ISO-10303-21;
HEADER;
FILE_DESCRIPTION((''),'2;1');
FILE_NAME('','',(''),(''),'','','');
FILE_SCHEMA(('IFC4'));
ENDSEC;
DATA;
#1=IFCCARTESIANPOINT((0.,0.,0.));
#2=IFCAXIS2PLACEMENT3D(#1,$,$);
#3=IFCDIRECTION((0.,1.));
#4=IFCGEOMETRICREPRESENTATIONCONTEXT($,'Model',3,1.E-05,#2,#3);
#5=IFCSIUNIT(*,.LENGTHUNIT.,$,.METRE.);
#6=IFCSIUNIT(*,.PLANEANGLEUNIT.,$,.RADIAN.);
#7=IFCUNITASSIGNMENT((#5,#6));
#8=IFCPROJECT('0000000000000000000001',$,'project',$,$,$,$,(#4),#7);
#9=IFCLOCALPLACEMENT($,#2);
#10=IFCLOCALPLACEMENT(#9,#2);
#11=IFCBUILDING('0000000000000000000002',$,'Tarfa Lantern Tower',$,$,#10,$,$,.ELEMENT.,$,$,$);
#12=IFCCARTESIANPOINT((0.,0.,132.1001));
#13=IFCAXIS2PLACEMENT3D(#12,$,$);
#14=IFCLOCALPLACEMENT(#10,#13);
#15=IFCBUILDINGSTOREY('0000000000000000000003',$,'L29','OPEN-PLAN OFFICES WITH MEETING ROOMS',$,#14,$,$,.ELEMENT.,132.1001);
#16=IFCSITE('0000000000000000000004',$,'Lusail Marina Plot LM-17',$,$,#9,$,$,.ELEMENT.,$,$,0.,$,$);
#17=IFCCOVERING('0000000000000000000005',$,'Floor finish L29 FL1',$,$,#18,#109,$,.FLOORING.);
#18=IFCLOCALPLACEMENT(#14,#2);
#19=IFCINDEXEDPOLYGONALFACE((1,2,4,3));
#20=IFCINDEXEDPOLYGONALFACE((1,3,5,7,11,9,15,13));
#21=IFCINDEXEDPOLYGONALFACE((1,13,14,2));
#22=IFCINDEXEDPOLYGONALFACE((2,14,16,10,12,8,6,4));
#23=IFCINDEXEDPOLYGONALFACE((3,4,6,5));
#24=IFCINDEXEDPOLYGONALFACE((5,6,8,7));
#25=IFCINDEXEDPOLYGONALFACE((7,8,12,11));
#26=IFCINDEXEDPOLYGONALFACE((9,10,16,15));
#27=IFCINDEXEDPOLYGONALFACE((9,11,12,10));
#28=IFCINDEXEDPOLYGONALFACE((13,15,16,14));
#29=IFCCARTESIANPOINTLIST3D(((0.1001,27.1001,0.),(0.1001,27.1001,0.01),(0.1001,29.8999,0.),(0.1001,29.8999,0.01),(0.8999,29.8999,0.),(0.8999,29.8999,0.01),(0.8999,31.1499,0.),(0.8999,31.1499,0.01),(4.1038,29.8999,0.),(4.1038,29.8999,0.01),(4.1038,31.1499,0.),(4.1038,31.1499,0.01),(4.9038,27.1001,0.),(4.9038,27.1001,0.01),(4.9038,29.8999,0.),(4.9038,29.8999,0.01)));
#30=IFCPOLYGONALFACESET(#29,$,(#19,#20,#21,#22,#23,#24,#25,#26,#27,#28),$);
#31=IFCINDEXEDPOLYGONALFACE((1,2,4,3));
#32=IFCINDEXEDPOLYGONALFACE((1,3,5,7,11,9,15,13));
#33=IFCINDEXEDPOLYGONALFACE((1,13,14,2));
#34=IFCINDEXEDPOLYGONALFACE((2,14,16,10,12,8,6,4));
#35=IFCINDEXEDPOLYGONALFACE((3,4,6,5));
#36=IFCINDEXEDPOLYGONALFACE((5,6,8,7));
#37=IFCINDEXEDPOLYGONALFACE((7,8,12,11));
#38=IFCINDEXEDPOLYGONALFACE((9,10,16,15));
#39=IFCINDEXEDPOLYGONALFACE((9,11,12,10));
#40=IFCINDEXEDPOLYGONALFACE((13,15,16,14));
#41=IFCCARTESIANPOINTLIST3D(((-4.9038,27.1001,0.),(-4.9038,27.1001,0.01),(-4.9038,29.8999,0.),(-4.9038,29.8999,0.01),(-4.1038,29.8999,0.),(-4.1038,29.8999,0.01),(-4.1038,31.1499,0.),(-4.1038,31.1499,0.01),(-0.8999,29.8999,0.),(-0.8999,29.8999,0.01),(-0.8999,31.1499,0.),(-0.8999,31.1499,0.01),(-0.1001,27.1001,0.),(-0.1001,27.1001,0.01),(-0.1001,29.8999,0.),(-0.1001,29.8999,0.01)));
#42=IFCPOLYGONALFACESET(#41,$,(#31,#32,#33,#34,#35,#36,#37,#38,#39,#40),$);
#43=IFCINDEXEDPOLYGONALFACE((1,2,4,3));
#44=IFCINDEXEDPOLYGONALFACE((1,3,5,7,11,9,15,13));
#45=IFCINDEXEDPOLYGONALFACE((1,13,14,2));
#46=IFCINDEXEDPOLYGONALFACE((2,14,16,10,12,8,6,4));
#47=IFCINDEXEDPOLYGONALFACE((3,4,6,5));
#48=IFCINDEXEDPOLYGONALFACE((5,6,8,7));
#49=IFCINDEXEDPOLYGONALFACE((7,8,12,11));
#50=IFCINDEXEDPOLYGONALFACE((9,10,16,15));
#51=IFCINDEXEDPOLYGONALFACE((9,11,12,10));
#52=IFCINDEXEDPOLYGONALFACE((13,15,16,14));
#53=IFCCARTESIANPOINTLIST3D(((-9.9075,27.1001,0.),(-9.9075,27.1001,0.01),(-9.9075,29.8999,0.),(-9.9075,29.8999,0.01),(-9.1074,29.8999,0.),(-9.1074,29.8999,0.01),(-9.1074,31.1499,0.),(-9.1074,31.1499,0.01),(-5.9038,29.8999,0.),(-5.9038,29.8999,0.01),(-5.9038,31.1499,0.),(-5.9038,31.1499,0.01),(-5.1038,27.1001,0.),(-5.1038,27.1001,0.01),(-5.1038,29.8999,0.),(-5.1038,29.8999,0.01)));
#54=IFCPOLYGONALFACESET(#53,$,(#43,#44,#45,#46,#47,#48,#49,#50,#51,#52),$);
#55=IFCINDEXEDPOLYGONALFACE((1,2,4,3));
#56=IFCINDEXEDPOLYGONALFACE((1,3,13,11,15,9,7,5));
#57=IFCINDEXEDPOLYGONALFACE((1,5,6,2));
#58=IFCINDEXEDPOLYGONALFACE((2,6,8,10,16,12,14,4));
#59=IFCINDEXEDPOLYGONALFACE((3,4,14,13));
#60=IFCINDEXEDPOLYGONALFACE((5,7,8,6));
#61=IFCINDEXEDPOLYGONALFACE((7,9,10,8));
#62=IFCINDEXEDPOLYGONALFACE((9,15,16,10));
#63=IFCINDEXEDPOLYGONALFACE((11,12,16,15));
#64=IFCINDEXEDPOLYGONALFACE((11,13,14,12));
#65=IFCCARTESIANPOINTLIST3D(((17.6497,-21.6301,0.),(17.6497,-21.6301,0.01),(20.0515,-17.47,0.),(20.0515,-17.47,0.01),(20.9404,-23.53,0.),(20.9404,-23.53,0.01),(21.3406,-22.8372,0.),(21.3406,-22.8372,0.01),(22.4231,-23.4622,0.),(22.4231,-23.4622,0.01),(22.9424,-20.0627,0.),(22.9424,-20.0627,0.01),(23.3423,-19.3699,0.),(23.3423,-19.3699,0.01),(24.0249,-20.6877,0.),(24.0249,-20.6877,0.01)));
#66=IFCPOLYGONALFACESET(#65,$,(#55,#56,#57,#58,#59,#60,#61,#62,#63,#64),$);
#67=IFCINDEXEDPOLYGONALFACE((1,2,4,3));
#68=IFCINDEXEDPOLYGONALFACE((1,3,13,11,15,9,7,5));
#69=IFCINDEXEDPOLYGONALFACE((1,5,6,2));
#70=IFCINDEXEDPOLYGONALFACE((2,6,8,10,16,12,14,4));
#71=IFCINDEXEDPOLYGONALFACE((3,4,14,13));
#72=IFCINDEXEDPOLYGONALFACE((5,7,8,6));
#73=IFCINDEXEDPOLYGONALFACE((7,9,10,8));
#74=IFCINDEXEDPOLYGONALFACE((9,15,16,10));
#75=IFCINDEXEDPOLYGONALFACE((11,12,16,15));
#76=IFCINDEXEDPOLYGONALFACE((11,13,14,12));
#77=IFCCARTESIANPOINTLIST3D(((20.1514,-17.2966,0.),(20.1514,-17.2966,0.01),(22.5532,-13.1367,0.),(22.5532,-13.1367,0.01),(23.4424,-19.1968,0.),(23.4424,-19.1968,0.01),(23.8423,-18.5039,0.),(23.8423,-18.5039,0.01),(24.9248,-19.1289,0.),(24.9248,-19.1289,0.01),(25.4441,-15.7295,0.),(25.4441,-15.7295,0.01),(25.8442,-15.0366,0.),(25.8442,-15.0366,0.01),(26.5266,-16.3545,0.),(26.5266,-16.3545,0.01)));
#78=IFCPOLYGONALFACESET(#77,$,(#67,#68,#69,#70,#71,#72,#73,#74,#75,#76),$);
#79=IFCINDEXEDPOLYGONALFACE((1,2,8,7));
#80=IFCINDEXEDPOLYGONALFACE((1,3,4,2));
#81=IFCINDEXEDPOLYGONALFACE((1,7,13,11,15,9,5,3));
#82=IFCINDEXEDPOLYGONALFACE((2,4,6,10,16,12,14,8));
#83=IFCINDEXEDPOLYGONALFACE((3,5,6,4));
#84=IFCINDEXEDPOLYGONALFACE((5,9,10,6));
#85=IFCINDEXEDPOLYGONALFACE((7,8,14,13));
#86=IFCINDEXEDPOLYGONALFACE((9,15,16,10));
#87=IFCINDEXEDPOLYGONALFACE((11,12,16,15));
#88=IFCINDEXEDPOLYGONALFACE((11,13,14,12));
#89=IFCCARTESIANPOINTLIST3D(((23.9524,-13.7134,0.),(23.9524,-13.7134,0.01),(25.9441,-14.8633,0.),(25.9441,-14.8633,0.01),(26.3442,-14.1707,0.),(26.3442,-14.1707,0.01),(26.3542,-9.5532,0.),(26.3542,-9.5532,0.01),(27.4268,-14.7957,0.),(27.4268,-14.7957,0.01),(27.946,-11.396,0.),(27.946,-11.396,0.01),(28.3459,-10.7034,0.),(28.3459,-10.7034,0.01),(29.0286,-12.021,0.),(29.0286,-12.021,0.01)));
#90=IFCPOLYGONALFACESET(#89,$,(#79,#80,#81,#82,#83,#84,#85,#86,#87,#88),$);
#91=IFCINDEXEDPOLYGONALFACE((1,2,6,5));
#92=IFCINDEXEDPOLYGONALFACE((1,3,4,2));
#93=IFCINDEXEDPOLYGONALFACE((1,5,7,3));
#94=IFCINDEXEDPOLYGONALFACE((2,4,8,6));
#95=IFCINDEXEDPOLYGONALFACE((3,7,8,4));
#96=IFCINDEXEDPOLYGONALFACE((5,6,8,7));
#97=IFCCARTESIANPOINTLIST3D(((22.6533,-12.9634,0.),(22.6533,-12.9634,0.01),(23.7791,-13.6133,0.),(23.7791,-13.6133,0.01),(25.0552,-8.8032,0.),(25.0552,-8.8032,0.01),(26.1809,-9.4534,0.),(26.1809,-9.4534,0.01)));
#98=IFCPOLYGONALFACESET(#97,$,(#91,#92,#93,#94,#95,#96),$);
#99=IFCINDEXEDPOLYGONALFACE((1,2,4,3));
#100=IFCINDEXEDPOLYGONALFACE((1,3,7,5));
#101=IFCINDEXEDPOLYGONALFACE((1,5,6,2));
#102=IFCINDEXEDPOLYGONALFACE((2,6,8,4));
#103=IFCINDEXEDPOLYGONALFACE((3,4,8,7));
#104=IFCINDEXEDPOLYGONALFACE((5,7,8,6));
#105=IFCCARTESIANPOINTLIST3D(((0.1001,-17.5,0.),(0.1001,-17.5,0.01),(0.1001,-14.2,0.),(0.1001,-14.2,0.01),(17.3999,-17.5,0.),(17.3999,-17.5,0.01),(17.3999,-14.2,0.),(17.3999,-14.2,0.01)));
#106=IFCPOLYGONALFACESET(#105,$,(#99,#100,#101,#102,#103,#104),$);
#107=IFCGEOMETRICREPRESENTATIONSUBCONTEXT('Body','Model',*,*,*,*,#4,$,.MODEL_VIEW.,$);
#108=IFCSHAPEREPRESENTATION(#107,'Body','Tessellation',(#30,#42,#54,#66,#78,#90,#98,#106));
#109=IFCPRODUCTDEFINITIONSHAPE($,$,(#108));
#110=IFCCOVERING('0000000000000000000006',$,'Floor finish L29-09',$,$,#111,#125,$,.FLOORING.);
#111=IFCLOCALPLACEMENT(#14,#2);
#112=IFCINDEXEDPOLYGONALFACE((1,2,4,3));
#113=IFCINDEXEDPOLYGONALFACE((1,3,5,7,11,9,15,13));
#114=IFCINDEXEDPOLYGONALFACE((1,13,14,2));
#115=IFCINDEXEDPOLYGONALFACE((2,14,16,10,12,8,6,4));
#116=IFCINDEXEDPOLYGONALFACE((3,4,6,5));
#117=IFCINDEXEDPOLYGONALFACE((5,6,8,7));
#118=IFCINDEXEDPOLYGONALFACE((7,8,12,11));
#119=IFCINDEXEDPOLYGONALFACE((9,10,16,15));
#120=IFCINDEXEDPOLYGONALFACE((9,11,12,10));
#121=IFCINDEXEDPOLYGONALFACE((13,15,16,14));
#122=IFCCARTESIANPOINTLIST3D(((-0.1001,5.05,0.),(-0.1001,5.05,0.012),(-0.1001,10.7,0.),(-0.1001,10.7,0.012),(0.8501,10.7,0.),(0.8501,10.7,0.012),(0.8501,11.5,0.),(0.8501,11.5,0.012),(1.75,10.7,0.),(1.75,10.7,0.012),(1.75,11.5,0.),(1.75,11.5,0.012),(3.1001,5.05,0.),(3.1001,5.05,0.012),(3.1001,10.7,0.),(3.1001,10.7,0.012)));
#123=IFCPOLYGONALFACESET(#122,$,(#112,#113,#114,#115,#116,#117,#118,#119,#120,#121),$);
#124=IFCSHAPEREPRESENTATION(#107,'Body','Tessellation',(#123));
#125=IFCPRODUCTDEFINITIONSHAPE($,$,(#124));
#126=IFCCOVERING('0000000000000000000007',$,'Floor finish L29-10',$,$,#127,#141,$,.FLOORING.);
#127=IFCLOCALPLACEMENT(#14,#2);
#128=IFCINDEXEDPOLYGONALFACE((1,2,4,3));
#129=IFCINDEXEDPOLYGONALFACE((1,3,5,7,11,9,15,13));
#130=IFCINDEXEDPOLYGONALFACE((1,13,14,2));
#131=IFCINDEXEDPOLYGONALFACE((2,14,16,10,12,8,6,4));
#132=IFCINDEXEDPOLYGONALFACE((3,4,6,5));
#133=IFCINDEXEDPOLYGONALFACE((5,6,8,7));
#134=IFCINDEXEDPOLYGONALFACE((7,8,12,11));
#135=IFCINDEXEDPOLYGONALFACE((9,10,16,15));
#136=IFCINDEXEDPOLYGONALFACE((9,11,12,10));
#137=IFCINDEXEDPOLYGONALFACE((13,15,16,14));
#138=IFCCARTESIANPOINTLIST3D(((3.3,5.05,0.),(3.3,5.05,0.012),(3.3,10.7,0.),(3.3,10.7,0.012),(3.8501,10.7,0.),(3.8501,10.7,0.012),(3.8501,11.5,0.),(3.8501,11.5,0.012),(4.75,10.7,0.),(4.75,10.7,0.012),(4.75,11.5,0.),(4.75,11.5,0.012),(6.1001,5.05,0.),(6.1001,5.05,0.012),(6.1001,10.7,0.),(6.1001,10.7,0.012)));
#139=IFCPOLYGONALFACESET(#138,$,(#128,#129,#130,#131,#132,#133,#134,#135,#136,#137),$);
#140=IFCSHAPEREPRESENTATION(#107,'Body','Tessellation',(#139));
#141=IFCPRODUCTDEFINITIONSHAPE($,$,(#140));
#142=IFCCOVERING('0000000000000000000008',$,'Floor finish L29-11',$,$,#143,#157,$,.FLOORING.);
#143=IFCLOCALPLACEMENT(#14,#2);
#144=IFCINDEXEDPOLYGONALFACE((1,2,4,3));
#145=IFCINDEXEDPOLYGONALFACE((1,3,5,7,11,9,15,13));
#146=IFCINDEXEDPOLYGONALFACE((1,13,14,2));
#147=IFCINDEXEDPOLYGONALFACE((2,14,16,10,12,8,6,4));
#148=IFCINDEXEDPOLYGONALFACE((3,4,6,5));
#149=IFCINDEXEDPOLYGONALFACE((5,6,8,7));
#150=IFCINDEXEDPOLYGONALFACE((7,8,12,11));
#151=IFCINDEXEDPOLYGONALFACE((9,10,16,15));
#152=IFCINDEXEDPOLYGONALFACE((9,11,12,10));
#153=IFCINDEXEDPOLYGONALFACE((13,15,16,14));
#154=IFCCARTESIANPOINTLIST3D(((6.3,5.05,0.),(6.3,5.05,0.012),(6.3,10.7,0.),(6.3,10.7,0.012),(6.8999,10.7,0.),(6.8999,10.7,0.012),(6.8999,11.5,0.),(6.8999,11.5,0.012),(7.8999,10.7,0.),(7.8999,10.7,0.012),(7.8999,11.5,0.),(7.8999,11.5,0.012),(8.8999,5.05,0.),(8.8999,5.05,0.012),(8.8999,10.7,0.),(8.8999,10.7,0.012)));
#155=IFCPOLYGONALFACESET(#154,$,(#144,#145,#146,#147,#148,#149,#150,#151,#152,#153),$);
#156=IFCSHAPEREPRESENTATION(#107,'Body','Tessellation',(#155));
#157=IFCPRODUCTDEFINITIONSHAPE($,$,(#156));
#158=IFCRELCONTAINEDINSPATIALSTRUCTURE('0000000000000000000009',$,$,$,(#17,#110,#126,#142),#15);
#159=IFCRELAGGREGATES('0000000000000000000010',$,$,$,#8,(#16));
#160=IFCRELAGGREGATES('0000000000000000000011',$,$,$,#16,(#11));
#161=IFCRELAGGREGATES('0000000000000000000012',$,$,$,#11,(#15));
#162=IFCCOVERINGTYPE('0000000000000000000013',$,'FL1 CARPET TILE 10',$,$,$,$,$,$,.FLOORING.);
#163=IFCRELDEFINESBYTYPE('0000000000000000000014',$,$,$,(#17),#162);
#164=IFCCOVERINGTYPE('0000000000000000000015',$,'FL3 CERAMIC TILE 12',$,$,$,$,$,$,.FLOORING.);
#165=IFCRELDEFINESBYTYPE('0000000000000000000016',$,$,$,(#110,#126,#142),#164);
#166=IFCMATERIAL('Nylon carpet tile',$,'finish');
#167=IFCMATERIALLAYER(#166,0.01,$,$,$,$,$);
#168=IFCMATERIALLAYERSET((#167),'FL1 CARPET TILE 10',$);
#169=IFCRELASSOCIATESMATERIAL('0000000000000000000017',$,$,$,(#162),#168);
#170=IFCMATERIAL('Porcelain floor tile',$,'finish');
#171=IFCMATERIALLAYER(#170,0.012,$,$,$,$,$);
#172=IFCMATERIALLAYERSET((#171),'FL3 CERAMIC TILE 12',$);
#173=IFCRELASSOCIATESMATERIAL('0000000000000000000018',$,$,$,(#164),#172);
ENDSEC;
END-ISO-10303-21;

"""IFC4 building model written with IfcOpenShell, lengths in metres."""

from ifc_helpers import new_model, si_unit, direction, frame, origin, place, context, subcontext, project, spatial, polyline, outline, extrude, material, layer, layer_set, type_object, element, save


model = new_model("IFC4")

# Units and contexts
model_context = context("Model", 3, precision=1e-05, world=origin(), true_north=direction((0.0, 1.0)))
body_context = subcontext(model_context, "Body", "Model", "MODEL_VIEW")
ifc_project = project(units=[si_unit("LENGTHUNIT", "METRE"), si_unit("PLANEANGLEUNIT", "RADIAN")], contexts=[model_context])

# Site, building, storey
site_placement = place(None, origin())
site = spatial("IfcSite", under=ifc_project, at=site_placement, Name="Lusail Marina Plot LM-17", CompositionType="ELEMENT", RefElevation=0.0)
building_placement = place(site_placement, origin())
building = spatial("IfcBuilding", under=site, at=building_placement, Name="Tarfa Lantern Tower", CompositionType="ELEMENT")
storey_placement = place(building_placement, frame((0.0, 0.0, 132.1001)))
storey = spatial("IfcBuildingStorey", under=building, at=storey_placement, Name="L29", Description="OPEN-PLAN OFFICES WITH MEETING ROOMS", CompositionType="ELEMENT", Elevation=132.1001)

# Coverings
ifc_material_1 = material(Name="Nylon carpet tile", Category="finish")
ifc_layer_1 = layer(ifc_material_1, 0.01)
ifc_layer_set_1 = layer_set([ifc_layer_1], Name="FL1 CARPET TILE 10")
covering_type_1 = type_object("IfcCoveringType", Name="FL1 CARPET TILE 10", PredefinedType="FLOORING", material=ifc_layer_set_1)
covering_1_placement = place(storey_placement, origin())
element("IfcCovering", 1, at=covering_1_placement, inside=storey, type_object=covering_type_1, Name="Floor finish L29 FL1", PredefinedType="FLOORING", context=body_context, shape_type="SweptSolid", body=[
    extrude(outline(polyline([(4.9038, 27.1001), (0.1001, 27.1001), (0.1001, 29.8999), (0.8999, 29.8999), (0.8999, 31.1499), (4.1038, 31.1499), (4.1038, 29.8999), (4.9038, 29.8999), (4.9038, 27.1001)])), origin(), (0.0, 0.0, 1.0), 0.01),
    extrude(outline(polyline([(-0.1001, 27.1001), (-4.9038, 27.1001), (-4.9038, 29.8999), (-4.1038, 29.8999), (-4.1038, 31.1499), (-0.8999, 31.1499), (-0.8999, 29.8999), (-0.1001, 29.8999), (-0.1001, 27.1001)])), origin(), (0.0, 0.0, 1.0), 0.01),
    extrude(outline(polyline([(-5.1038, 27.1001), (-9.9075, 27.1001), (-9.9075, 29.8999), (-9.1074, 29.8999), (-9.1074, 31.1499), (-5.9038, 31.1499), (-5.9038, 29.8999), (-5.1038, 29.8999), (-5.1038, 27.1001)])), origin(), (0.0, 0.0, 1.0), 0.01),
    extrude(outline(polyline([(20.0515, -17.47), (23.3423, -19.3699), (22.9424, -20.0627), (24.0249, -20.6877), (22.4231, -23.4622), (21.3406, -22.8372), (20.9404, -23.53), (17.6497, -21.6301), (20.0515, -17.47)])), origin(), (0.0, 0.0, 1.0), 0.01),
    extrude(outline(polyline([(22.5532, -13.1367), (25.8442, -15.0366), (25.4441, -15.7295), (26.5266, -16.3545), (24.9248, -19.1289), (23.8423, -18.5039), (23.4424, -19.1968), (20.1514, -17.2966), (22.5532, -13.1367)])), origin(), (0.0, 0.0, 1.0), 0.01),
    extrude(outline(polyline([(26.3542, -9.5532), (28.3459, -10.7034), (27.946, -11.396), (29.0286, -12.021), (27.4268, -14.7957), (26.3442, -14.1707), (25.9441, -14.8633), (23.9524, -13.7134), (26.3542, -9.5532)])), origin(), (0.0, 0.0, 1.0), 0.01),
    extrude(outline(polyline([(25.0552, -8.8032), (26.1809, -9.4534), (23.7791, -13.6133), (22.6533, -12.9634), (25.0552, -8.8032)])), origin(), (0.0, 0.0, 1.0), 0.01),
    extrude(outline(polyline([(0.1001, -14.2), (17.3999, -14.2), (17.3999, -17.5), (0.1001, -17.5), (0.1001, -14.2)])), origin(), (0.0, 0.0, 1.0), 0.01),
])
ifc_material_2 = material(Name="Porcelain floor tile", Category="finish")
ifc_layer_2 = layer(ifc_material_2, 0.012)
ifc_layer_set_2 = layer_set([ifc_layer_2], Name="FL3 CERAMIC TILE 12")
covering_type_2 = type_object("IfcCoveringType", Name="FL3 CERAMIC TILE 12", PredefinedType="FLOORING", material=ifc_layer_set_2)
covering_2_placement = place(storey_placement, origin())
element("IfcCovering", 2, at=covering_2_placement, inside=storey, type_object=covering_type_2, Name="Floor finish L29-09", PredefinedType="FLOORING", context=body_context, shape_type="SweptSolid", body=[
    extrude(outline(polyline([(0.8501, 10.7), (-0.1001, 10.7), (-0.1001, 5.05), (3.1001, 5.05), (3.1001, 10.7), (1.75, 10.7), (1.75, 11.5), (0.8501, 11.5), (0.8501, 10.7)])), origin(), (0.0, 0.0, 1.0), 0.012),
])
covering_3_placement = place(storey_placement, origin())
element("IfcCovering", 3, at=covering_3_placement, inside=storey, type_object=covering_type_2, Name="Floor finish L29-10", PredefinedType="FLOORING", context=body_context, shape_type="SweptSolid", body=[
    extrude(outline(polyline([(3.3, 5.05), (6.1001, 5.05), (6.1001, 10.7), (4.75, 10.7), (4.75, 11.5), (3.8501, 11.5), (3.8501, 10.7), (3.3, 10.7), (3.3, 5.05)])), origin(), (0.0, 0.0, 1.0), 0.012),
])
covering_4_placement = place(storey_placement, origin())
element("IfcCovering", 4, at=covering_4_placement, inside=storey, type_object=covering_type_2, Name="Floor finish L29-11", PredefinedType="FLOORING", context=body_context, shape_type="SweptSolid", body=[
    extrude(outline(polyline([(6.3, 5.05), (8.8999, 5.05), (8.8999, 10.7), (7.8999, 10.7), (7.8999, 11.5), (6.8999, 11.5), (6.8999, 10.7), (6.3, 10.7), (6.3, 5.05)])), origin(), (0.0, 0.0, 1.0), 0.012),
])

save(model, "model.ifc")
